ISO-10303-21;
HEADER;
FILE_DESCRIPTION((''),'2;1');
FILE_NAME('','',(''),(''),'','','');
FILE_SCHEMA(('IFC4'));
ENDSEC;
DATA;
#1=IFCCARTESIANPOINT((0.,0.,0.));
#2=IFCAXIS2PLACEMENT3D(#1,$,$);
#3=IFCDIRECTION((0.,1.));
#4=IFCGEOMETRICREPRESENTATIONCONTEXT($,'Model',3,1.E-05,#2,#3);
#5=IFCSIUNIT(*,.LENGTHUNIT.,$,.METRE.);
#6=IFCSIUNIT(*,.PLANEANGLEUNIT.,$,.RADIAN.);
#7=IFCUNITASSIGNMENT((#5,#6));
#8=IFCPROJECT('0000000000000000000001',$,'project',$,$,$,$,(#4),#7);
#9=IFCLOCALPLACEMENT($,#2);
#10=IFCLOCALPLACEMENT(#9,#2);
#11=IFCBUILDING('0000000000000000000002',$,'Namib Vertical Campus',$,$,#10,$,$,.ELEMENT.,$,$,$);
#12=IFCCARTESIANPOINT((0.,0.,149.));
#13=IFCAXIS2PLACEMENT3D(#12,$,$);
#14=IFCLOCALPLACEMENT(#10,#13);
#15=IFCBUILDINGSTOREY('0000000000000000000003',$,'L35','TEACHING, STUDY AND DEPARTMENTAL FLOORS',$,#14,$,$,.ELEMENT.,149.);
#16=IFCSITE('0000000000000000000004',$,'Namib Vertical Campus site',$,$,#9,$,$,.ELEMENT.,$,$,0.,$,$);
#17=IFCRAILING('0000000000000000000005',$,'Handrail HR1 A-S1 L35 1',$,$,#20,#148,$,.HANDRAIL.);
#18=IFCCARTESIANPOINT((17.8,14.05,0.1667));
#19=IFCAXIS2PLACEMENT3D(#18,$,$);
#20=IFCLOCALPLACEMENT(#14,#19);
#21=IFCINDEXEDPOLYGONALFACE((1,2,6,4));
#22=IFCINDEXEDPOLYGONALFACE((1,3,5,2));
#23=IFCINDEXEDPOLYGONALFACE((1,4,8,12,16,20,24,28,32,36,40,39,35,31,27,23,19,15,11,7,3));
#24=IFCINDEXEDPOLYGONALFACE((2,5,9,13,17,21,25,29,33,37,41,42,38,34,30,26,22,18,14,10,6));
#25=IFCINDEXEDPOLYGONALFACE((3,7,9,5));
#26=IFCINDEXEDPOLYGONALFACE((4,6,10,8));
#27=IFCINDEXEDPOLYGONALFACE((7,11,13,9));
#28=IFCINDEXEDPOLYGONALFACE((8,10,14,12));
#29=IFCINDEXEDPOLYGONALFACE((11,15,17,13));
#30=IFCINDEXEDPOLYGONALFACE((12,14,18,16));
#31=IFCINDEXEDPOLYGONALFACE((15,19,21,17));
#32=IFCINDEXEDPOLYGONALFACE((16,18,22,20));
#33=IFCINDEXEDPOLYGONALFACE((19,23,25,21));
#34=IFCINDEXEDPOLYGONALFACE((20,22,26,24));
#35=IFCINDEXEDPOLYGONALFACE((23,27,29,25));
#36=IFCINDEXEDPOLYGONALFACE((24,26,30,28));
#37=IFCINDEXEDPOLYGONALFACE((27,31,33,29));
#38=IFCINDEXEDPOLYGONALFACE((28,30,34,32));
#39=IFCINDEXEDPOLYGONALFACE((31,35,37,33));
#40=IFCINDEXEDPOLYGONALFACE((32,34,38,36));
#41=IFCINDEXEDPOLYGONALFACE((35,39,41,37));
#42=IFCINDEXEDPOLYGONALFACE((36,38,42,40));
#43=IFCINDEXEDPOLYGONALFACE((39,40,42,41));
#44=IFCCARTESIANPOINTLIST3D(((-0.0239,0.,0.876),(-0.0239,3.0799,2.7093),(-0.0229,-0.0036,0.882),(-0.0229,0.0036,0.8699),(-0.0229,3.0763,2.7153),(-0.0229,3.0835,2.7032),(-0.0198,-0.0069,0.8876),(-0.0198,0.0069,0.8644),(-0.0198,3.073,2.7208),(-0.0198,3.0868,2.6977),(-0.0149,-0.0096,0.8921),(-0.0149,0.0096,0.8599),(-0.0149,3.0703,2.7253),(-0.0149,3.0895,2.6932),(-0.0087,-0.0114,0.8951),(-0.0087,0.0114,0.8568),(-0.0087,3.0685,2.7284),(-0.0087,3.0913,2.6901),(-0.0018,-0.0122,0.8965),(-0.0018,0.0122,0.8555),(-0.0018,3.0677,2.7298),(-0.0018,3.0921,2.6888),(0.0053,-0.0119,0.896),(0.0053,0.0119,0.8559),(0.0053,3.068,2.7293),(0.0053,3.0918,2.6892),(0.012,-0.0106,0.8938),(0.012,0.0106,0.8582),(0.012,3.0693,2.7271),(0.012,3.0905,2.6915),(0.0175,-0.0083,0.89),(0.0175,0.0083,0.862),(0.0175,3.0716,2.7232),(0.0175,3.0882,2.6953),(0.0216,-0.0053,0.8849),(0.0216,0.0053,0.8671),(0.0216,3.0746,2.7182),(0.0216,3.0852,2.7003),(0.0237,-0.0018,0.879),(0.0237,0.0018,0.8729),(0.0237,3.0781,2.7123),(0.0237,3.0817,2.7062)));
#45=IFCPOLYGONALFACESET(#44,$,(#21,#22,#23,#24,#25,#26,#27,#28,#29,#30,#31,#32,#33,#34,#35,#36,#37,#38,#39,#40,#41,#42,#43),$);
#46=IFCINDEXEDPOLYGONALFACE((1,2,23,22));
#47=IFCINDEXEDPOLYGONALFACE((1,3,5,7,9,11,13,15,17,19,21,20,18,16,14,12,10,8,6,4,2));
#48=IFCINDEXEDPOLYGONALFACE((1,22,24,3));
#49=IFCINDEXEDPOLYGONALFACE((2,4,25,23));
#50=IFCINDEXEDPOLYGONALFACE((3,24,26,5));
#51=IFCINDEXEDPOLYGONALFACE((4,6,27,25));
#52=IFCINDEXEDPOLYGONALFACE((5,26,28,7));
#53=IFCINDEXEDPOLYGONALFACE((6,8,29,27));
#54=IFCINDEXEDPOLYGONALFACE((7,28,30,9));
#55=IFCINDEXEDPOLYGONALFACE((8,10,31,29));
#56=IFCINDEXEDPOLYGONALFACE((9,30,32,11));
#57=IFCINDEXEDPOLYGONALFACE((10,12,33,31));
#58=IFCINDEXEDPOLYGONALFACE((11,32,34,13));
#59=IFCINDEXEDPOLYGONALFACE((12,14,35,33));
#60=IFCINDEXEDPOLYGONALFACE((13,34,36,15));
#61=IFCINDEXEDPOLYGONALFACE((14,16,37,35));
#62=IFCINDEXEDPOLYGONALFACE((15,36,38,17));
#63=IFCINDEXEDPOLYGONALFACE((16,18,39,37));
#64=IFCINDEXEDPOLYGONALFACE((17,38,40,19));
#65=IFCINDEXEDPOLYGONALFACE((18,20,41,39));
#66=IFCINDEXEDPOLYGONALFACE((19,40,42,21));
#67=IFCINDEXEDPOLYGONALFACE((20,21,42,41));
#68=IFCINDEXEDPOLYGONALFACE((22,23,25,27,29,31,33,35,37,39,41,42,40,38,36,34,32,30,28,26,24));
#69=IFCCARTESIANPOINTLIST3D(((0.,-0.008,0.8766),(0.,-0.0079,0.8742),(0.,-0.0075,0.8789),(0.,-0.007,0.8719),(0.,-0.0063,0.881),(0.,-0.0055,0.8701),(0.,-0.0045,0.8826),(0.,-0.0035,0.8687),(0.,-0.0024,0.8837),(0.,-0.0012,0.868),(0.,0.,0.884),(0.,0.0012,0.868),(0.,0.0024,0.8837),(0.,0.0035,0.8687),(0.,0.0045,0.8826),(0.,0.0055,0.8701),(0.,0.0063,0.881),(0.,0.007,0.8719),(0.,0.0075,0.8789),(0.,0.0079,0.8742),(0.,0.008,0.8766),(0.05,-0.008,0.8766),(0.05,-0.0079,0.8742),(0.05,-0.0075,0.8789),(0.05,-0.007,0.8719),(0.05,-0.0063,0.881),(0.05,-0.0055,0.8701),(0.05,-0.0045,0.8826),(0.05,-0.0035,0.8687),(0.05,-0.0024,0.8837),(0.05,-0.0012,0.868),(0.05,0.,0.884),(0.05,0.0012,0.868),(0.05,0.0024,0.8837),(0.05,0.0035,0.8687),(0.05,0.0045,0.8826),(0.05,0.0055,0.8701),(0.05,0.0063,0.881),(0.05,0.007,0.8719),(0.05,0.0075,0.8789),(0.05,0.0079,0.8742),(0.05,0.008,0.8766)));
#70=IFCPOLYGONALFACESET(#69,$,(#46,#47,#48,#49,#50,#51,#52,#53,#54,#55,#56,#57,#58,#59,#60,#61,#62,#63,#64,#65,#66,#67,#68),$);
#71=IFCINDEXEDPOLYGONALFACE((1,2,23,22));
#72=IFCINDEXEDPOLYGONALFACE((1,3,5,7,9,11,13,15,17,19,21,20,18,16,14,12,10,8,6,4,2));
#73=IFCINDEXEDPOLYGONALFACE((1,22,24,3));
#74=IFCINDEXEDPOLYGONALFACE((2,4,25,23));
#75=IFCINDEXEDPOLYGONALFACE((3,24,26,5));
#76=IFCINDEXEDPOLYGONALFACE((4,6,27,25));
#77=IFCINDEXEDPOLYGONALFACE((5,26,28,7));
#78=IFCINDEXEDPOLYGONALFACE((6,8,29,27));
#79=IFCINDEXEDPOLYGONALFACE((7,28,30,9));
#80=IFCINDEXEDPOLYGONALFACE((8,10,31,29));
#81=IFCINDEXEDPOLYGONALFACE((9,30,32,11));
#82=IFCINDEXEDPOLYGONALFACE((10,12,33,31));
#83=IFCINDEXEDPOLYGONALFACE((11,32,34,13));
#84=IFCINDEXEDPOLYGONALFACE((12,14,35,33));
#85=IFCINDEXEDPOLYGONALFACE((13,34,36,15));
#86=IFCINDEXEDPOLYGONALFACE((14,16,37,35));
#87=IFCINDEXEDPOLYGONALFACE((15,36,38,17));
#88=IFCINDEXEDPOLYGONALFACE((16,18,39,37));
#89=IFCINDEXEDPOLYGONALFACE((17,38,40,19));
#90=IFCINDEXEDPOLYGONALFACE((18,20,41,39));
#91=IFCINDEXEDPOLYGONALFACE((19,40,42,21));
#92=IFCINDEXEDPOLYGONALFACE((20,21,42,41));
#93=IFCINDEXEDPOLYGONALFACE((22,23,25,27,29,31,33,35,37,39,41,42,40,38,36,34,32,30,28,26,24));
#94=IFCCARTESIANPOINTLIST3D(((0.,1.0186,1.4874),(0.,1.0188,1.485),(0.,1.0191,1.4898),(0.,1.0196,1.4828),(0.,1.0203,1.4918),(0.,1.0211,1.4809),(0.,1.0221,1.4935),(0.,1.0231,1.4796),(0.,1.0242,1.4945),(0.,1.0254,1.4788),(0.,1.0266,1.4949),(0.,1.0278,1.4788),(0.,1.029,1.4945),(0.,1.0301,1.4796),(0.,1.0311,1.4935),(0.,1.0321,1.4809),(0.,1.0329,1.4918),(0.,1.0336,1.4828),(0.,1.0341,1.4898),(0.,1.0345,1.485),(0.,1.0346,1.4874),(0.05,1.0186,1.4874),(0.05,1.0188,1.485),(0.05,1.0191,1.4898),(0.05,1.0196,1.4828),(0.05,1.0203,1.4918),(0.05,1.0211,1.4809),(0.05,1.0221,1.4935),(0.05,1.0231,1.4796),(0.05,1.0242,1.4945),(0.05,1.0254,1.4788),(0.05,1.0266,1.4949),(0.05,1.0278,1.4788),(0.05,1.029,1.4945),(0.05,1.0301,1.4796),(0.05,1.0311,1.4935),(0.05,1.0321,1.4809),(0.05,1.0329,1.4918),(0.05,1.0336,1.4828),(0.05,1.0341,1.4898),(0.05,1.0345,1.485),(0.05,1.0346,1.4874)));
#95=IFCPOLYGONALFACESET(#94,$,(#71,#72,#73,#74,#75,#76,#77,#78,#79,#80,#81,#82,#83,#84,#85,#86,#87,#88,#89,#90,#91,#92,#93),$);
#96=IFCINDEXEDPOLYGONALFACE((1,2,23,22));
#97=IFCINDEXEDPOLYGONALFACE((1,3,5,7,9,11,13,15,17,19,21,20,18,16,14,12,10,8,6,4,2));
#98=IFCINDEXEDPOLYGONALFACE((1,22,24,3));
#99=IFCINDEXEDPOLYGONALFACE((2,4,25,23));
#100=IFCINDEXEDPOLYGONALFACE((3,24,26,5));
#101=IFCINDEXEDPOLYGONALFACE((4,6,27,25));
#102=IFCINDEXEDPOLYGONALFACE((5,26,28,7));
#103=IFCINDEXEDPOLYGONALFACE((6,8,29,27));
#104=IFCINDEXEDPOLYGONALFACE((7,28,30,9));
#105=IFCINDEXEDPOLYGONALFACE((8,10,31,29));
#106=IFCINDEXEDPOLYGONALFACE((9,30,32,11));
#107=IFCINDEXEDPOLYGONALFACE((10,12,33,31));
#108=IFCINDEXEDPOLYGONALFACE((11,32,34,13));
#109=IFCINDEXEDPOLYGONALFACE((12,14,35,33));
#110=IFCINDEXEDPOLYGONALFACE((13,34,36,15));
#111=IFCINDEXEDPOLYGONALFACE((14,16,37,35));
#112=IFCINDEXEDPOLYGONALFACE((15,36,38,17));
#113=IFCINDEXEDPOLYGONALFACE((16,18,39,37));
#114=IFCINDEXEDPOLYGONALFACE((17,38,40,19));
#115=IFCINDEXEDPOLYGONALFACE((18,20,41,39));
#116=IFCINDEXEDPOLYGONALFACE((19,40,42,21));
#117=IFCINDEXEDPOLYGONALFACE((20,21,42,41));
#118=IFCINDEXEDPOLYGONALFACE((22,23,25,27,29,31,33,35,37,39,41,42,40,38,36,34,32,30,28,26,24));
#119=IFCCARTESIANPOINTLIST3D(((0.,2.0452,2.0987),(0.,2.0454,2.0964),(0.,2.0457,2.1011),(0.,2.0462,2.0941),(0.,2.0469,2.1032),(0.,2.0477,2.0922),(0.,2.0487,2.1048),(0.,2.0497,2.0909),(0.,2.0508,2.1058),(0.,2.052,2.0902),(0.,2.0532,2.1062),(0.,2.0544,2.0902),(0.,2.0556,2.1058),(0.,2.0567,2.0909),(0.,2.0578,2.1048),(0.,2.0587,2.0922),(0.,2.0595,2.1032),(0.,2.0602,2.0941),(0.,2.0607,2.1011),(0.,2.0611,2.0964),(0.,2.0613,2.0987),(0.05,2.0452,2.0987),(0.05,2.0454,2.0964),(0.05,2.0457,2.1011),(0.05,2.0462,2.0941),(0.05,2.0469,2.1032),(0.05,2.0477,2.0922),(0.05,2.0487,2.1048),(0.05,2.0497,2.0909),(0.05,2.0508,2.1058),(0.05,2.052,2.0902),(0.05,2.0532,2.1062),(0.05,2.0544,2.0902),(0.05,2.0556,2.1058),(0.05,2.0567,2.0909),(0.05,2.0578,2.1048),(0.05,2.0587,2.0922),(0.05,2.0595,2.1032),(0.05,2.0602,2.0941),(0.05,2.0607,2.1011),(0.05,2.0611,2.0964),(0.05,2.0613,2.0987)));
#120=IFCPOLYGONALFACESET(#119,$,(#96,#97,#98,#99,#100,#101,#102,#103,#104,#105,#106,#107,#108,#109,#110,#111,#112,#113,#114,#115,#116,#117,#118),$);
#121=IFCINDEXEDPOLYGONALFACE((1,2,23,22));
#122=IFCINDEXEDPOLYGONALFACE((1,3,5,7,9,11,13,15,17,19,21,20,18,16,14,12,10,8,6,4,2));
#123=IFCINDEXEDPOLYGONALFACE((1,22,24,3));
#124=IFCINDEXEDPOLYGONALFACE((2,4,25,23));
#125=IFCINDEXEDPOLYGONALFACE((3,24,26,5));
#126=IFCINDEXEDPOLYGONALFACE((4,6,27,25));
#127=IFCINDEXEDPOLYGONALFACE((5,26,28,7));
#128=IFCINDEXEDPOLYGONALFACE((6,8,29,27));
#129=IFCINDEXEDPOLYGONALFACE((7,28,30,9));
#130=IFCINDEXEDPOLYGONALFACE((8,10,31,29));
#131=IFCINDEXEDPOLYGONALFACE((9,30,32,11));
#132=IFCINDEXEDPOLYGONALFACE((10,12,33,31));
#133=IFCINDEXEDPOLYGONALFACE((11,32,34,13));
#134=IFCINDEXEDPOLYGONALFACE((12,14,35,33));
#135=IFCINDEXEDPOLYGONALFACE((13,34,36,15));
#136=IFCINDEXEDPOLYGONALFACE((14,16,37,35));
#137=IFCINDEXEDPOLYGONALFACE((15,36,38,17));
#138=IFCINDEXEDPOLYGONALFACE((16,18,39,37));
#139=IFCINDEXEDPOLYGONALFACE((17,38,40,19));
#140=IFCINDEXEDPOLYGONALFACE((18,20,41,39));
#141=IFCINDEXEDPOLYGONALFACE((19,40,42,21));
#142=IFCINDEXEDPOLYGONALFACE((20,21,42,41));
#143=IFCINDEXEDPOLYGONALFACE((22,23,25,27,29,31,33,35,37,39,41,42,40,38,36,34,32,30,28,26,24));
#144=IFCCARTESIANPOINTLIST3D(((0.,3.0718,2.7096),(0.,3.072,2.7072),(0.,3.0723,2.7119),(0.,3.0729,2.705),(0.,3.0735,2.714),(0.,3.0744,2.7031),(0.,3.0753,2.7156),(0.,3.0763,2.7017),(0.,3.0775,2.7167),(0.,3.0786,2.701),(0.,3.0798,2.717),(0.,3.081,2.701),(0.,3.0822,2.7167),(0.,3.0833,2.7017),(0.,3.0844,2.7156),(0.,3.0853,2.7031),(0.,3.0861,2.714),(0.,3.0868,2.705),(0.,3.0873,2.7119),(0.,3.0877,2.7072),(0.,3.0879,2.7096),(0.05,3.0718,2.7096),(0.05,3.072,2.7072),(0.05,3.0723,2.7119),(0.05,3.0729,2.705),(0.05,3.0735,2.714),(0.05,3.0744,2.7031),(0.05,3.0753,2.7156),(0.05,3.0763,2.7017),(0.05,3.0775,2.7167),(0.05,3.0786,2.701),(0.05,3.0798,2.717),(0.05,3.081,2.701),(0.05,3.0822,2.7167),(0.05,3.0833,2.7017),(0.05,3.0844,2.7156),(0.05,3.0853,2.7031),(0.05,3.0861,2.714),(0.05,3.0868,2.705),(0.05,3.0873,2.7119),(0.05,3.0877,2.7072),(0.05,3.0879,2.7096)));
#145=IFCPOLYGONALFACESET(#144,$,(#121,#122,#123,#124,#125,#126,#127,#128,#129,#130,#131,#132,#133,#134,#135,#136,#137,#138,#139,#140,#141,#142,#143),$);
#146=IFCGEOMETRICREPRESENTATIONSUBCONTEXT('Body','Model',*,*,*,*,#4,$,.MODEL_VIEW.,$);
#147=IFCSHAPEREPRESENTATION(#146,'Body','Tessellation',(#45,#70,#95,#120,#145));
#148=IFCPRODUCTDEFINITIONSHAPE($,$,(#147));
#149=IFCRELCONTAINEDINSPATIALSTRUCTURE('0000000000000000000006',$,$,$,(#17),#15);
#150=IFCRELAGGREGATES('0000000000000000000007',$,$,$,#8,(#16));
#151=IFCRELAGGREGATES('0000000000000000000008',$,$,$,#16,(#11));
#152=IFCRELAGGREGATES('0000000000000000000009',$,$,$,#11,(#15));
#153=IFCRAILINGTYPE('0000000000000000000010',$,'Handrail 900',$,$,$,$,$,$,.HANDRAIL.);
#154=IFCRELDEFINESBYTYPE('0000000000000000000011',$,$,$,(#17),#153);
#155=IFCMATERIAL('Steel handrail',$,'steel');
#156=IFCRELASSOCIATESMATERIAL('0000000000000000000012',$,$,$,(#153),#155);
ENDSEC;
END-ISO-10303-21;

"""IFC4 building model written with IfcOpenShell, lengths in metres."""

from ifc_helpers import new_model, si_unit, direction, frame, origin, origin_2d, place, context, subcontext, project, spatial, circle, extrude, material, type_object, element, save


model = new_model("IFC4")

# Units and contexts
model_context = context("Model", 3, precision=1e-05, world=origin(), true_north=direction((0.0, 1.0)))
body_context = subcontext(model_context, "Body", "Model", "MODEL_VIEW")
ifc_project = project(units=[si_unit("LENGTHUNIT", "METRE"), si_unit("PLANEANGLEUNIT", "RADIAN")], contexts=[model_context])

# Site, building, storey
site_placement = place(None, origin())
site = spatial("IfcSite", under=ifc_project, at=site_placement, Name="Namib Vertical Campus site", CompositionType="ELEMENT", RefElevation=0.0)
building_placement = place(site_placement, origin())
building = spatial("IfcBuilding", under=site, at=building_placement, Name="Namib Vertical Campus", CompositionType="ELEMENT")
storey_placement = place(building_placement, frame((0.0, 0.0, 149.0)))
storey = spatial("IfcBuildingStorey", under=building, at=storey_placement, Name="L35", Description="TEACHING, STUDY AND DEPARTMENTAL FLOORS", CompositionType="ELEMENT", Elevation=149.0)

# Railing
ifc_material_1 = material(Name="Steel handrail", Category="steel")
railing_type_1 = type_object("IfcRailingType", Name="Handrail 900", PredefinedType="HANDRAIL", material=ifc_material_1)
railing_1_placement = place(storey_placement, frame((17.8, 14.05, 0.1667)))
element("IfcRailing", 1, at=railing_1_placement, inside=storey, type_object=railing_type_1, Name="Handrail HR1 A-S1 L35 1", PredefinedType="HANDRAIL", context=body_context, shape_type="SweptSolid", body=[
    extrude(circle(Radius=0.0239, at=origin_2d()), frame((0.0, 0.0, 0.876), z_axis=(0.0, 0.859291, 0.511487), x_axis=(-1.0, 0.0, 0.0)), (0.0, 0.0, 1.0), 3.5842),
    extrude(circle(Radius=0.0081, at=origin_2d()), frame((0.0, 0.0, 0.876), z_axis=(1.0, 0.0, 0.0), x_axis=(0.0, 0.0, 1.0)), (0.0, 0.0, 1.0), 0.05),
    extrude(circle(Radius=0.0081, at=origin_2d()), frame((0.0, 1.0266, 1.4868), z_axis=(1.0, 0.0, 0.0), x_axis=(0.0, 0.0, 1.0)), (0.0, 0.0, 1.0), 0.05),
    extrude(circle(Radius=0.0081, at=origin_2d()), frame((0.0, 2.0532, 2.0981), z_axis=(1.0, 0.0, 0.0), x_axis=(0.0, 0.0, 1.0)), (0.0, 0.0, 1.0), 0.05),
    extrude(circle(Radius=0.0081, at=origin_2d()), frame((0.0, 3.0798, 2.709), z_axis=(1.0, 0.0, 0.0), x_axis=(0.0, 0.0, 1.0)), (0.0, 0.0, 1.0), 0.05),
])

save(model, "model.ifc")
